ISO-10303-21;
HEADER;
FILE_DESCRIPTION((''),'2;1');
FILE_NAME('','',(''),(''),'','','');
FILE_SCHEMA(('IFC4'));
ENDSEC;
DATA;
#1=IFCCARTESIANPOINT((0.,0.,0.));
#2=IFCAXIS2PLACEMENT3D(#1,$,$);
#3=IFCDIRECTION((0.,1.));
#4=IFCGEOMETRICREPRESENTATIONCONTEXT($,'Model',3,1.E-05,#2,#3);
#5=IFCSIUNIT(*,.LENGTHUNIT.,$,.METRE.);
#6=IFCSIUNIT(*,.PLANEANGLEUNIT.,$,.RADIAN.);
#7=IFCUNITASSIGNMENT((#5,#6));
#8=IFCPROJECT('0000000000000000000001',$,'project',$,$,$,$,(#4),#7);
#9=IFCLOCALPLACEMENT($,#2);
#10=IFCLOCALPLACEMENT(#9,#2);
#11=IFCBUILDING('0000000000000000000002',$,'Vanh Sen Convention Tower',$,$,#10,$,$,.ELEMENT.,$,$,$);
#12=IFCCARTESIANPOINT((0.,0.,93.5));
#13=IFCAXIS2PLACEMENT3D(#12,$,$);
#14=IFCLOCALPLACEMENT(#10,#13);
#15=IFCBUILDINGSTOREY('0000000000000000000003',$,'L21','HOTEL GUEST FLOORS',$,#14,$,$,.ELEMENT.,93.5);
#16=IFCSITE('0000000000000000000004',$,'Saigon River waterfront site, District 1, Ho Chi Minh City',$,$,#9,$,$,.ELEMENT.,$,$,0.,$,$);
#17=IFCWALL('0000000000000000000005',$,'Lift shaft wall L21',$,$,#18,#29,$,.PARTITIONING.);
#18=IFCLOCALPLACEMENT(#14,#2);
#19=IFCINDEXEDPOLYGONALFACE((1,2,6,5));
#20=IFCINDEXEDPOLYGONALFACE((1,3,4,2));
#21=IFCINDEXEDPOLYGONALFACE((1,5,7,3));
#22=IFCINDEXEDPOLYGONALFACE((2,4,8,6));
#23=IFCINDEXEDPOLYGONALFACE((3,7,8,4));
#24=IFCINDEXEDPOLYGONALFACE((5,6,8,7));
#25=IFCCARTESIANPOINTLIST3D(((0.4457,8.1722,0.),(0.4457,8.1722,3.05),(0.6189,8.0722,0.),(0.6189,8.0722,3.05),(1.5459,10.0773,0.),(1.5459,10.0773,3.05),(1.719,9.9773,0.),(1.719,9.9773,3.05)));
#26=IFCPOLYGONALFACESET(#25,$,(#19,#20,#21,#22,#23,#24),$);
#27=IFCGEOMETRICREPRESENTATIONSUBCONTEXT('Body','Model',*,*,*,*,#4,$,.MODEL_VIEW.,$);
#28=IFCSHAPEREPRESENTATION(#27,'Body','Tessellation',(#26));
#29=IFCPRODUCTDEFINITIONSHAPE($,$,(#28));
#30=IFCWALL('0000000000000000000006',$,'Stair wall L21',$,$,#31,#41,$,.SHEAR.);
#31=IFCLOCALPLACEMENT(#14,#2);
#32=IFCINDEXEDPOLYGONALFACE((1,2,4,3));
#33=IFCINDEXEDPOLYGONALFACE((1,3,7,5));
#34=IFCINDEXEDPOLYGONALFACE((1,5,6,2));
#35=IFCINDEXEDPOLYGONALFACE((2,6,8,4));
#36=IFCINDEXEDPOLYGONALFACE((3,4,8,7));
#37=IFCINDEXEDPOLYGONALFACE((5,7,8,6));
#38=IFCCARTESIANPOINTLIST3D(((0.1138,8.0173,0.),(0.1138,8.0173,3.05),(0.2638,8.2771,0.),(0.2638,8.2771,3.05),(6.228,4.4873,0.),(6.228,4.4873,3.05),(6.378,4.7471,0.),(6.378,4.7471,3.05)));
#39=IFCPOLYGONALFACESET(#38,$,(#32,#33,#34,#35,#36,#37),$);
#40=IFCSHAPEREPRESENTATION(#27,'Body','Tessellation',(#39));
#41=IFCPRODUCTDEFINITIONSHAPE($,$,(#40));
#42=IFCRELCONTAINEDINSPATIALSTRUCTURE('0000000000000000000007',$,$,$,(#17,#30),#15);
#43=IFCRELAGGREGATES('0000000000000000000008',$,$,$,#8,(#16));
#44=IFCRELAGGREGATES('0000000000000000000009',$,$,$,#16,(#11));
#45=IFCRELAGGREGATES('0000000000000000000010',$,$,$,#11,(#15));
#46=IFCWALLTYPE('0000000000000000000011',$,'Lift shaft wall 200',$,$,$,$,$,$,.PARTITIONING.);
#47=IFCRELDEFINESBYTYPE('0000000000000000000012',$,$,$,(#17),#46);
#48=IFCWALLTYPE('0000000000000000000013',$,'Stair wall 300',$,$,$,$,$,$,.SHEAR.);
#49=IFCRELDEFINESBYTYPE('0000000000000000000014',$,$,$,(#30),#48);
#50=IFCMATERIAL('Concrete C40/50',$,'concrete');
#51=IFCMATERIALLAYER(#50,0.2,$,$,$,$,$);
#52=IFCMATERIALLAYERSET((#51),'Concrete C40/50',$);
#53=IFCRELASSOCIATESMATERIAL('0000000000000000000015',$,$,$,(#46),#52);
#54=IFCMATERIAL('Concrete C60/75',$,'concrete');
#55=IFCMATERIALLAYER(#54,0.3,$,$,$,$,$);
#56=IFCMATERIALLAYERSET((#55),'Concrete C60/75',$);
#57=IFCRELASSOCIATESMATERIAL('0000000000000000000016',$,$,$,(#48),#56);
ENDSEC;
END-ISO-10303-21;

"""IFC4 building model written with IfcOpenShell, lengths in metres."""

from ifc_helpers import new_model, si_unit, direction, frame, frame_2d, origin, place, context, subcontext, project, spatial, rectangle, extrude, material, layer, layer_set, type_object, element, save


model = new_model("IFC4")

# Units and contexts
model_context = context("Model", 3, precision=1e-05, world=origin(), true_north=direction((0.0, 1.0)))
body_context = subcontext(model_context, "Body", "Model", "MODEL_VIEW")
ifc_project = project(units=[si_unit("LENGTHUNIT", "METRE"), si_unit("PLANEANGLEUNIT", "RADIAN")], contexts=[model_context])

# Site, building, storey
site_placement = place(None, origin())
site = spatial("IfcSite", under=ifc_project, at=site_placement, Name="Saigon River waterfront site, District 1, Ho Chi Minh City", CompositionType="ELEMENT", RefElevation=0.0)
building_placement = place(site_placement, origin())
building = spatial("IfcBuilding", under=site, at=building_placement, Name="Vanh Sen Convention Tower", CompositionType="ELEMENT")
storey_placement = place(building_placement, frame((0.0, 0.0, 93.5)))
storey = spatial("IfcBuildingStorey", under=building, at=storey_placement, Name="L21", Description="HOTEL GUEST FLOORS", CompositionType="ELEMENT", Elevation=93.5)

# Shared definitions
ifc_material_1 = material(Name="Concrete C60/75", Category="concrete")

# Walls
ifc_material_2 = material(Name="Concrete C40/50", Category="concrete")
ifc_layer_1 = layer(ifc_material_2, 0.2)
ifc_layer_set_1 = layer_set([ifc_layer_1], Name="Concrete C40/50")
wall_type_1 = type_object("IfcWallType", Name="Lift shaft wall 200", PredefinedType="PARTITIONING", material=ifc_layer_set_1)
for number, where, z_axis, x_axis, name in (
    (1, (0.5322, 8.1221, 0.0), (0.0, 0.0, 1.0), (0.500078, 0.86598, 0.0), "Lift shaft wall L21"),
):
    element("IfcWall", number, at=place(storey_placement, frame(where, z_axis=z_axis, x_axis=x_axis)), inside=storey, type_object=wall_type_1, Name=name, PredefinedType="PARTITIONING", context=body_context, shape_type="SweptSolid", body=[
        extrude(rectangle(XDim=2.2, YDim=0.2, at=frame_2d((1.1001, 0.0))), origin(), (0.0, 0.0, 1.0), 3.05),
    ])
ifc_layer_2 = layer(ifc_material_1, 0.3)
ifc_layer_set_2 = layer_set([ifc_layer_2], Name="Concrete C60/75")
wall_type_2 = type_object("IfcWallType", Name="Stair wall 300", PredefinedType="SHEAR", material=ifc_layer_set_2)
wall_1_placement = place(storey_placement, frame((6.303, 4.6172, 0.0), z_axis=(0.0, 0.0, 1.0), x_axis=(-0.866028, 0.499996, 0.0)))
element("IfcWall", 2, at=wall_1_placement, inside=storey, type_object=wall_type_2, Name="Stair wall L21", PredefinedType="SHEAR", context=body_context, shape_type="SweptSolid", body=[
    extrude(rectangle(XDim=7.0601, YDim=0.3, at=frame_2d((3.53, 0.0))), origin(), (0.0, 0.0, 1.0), 3.05),
])

save(model, "model.ifc")
